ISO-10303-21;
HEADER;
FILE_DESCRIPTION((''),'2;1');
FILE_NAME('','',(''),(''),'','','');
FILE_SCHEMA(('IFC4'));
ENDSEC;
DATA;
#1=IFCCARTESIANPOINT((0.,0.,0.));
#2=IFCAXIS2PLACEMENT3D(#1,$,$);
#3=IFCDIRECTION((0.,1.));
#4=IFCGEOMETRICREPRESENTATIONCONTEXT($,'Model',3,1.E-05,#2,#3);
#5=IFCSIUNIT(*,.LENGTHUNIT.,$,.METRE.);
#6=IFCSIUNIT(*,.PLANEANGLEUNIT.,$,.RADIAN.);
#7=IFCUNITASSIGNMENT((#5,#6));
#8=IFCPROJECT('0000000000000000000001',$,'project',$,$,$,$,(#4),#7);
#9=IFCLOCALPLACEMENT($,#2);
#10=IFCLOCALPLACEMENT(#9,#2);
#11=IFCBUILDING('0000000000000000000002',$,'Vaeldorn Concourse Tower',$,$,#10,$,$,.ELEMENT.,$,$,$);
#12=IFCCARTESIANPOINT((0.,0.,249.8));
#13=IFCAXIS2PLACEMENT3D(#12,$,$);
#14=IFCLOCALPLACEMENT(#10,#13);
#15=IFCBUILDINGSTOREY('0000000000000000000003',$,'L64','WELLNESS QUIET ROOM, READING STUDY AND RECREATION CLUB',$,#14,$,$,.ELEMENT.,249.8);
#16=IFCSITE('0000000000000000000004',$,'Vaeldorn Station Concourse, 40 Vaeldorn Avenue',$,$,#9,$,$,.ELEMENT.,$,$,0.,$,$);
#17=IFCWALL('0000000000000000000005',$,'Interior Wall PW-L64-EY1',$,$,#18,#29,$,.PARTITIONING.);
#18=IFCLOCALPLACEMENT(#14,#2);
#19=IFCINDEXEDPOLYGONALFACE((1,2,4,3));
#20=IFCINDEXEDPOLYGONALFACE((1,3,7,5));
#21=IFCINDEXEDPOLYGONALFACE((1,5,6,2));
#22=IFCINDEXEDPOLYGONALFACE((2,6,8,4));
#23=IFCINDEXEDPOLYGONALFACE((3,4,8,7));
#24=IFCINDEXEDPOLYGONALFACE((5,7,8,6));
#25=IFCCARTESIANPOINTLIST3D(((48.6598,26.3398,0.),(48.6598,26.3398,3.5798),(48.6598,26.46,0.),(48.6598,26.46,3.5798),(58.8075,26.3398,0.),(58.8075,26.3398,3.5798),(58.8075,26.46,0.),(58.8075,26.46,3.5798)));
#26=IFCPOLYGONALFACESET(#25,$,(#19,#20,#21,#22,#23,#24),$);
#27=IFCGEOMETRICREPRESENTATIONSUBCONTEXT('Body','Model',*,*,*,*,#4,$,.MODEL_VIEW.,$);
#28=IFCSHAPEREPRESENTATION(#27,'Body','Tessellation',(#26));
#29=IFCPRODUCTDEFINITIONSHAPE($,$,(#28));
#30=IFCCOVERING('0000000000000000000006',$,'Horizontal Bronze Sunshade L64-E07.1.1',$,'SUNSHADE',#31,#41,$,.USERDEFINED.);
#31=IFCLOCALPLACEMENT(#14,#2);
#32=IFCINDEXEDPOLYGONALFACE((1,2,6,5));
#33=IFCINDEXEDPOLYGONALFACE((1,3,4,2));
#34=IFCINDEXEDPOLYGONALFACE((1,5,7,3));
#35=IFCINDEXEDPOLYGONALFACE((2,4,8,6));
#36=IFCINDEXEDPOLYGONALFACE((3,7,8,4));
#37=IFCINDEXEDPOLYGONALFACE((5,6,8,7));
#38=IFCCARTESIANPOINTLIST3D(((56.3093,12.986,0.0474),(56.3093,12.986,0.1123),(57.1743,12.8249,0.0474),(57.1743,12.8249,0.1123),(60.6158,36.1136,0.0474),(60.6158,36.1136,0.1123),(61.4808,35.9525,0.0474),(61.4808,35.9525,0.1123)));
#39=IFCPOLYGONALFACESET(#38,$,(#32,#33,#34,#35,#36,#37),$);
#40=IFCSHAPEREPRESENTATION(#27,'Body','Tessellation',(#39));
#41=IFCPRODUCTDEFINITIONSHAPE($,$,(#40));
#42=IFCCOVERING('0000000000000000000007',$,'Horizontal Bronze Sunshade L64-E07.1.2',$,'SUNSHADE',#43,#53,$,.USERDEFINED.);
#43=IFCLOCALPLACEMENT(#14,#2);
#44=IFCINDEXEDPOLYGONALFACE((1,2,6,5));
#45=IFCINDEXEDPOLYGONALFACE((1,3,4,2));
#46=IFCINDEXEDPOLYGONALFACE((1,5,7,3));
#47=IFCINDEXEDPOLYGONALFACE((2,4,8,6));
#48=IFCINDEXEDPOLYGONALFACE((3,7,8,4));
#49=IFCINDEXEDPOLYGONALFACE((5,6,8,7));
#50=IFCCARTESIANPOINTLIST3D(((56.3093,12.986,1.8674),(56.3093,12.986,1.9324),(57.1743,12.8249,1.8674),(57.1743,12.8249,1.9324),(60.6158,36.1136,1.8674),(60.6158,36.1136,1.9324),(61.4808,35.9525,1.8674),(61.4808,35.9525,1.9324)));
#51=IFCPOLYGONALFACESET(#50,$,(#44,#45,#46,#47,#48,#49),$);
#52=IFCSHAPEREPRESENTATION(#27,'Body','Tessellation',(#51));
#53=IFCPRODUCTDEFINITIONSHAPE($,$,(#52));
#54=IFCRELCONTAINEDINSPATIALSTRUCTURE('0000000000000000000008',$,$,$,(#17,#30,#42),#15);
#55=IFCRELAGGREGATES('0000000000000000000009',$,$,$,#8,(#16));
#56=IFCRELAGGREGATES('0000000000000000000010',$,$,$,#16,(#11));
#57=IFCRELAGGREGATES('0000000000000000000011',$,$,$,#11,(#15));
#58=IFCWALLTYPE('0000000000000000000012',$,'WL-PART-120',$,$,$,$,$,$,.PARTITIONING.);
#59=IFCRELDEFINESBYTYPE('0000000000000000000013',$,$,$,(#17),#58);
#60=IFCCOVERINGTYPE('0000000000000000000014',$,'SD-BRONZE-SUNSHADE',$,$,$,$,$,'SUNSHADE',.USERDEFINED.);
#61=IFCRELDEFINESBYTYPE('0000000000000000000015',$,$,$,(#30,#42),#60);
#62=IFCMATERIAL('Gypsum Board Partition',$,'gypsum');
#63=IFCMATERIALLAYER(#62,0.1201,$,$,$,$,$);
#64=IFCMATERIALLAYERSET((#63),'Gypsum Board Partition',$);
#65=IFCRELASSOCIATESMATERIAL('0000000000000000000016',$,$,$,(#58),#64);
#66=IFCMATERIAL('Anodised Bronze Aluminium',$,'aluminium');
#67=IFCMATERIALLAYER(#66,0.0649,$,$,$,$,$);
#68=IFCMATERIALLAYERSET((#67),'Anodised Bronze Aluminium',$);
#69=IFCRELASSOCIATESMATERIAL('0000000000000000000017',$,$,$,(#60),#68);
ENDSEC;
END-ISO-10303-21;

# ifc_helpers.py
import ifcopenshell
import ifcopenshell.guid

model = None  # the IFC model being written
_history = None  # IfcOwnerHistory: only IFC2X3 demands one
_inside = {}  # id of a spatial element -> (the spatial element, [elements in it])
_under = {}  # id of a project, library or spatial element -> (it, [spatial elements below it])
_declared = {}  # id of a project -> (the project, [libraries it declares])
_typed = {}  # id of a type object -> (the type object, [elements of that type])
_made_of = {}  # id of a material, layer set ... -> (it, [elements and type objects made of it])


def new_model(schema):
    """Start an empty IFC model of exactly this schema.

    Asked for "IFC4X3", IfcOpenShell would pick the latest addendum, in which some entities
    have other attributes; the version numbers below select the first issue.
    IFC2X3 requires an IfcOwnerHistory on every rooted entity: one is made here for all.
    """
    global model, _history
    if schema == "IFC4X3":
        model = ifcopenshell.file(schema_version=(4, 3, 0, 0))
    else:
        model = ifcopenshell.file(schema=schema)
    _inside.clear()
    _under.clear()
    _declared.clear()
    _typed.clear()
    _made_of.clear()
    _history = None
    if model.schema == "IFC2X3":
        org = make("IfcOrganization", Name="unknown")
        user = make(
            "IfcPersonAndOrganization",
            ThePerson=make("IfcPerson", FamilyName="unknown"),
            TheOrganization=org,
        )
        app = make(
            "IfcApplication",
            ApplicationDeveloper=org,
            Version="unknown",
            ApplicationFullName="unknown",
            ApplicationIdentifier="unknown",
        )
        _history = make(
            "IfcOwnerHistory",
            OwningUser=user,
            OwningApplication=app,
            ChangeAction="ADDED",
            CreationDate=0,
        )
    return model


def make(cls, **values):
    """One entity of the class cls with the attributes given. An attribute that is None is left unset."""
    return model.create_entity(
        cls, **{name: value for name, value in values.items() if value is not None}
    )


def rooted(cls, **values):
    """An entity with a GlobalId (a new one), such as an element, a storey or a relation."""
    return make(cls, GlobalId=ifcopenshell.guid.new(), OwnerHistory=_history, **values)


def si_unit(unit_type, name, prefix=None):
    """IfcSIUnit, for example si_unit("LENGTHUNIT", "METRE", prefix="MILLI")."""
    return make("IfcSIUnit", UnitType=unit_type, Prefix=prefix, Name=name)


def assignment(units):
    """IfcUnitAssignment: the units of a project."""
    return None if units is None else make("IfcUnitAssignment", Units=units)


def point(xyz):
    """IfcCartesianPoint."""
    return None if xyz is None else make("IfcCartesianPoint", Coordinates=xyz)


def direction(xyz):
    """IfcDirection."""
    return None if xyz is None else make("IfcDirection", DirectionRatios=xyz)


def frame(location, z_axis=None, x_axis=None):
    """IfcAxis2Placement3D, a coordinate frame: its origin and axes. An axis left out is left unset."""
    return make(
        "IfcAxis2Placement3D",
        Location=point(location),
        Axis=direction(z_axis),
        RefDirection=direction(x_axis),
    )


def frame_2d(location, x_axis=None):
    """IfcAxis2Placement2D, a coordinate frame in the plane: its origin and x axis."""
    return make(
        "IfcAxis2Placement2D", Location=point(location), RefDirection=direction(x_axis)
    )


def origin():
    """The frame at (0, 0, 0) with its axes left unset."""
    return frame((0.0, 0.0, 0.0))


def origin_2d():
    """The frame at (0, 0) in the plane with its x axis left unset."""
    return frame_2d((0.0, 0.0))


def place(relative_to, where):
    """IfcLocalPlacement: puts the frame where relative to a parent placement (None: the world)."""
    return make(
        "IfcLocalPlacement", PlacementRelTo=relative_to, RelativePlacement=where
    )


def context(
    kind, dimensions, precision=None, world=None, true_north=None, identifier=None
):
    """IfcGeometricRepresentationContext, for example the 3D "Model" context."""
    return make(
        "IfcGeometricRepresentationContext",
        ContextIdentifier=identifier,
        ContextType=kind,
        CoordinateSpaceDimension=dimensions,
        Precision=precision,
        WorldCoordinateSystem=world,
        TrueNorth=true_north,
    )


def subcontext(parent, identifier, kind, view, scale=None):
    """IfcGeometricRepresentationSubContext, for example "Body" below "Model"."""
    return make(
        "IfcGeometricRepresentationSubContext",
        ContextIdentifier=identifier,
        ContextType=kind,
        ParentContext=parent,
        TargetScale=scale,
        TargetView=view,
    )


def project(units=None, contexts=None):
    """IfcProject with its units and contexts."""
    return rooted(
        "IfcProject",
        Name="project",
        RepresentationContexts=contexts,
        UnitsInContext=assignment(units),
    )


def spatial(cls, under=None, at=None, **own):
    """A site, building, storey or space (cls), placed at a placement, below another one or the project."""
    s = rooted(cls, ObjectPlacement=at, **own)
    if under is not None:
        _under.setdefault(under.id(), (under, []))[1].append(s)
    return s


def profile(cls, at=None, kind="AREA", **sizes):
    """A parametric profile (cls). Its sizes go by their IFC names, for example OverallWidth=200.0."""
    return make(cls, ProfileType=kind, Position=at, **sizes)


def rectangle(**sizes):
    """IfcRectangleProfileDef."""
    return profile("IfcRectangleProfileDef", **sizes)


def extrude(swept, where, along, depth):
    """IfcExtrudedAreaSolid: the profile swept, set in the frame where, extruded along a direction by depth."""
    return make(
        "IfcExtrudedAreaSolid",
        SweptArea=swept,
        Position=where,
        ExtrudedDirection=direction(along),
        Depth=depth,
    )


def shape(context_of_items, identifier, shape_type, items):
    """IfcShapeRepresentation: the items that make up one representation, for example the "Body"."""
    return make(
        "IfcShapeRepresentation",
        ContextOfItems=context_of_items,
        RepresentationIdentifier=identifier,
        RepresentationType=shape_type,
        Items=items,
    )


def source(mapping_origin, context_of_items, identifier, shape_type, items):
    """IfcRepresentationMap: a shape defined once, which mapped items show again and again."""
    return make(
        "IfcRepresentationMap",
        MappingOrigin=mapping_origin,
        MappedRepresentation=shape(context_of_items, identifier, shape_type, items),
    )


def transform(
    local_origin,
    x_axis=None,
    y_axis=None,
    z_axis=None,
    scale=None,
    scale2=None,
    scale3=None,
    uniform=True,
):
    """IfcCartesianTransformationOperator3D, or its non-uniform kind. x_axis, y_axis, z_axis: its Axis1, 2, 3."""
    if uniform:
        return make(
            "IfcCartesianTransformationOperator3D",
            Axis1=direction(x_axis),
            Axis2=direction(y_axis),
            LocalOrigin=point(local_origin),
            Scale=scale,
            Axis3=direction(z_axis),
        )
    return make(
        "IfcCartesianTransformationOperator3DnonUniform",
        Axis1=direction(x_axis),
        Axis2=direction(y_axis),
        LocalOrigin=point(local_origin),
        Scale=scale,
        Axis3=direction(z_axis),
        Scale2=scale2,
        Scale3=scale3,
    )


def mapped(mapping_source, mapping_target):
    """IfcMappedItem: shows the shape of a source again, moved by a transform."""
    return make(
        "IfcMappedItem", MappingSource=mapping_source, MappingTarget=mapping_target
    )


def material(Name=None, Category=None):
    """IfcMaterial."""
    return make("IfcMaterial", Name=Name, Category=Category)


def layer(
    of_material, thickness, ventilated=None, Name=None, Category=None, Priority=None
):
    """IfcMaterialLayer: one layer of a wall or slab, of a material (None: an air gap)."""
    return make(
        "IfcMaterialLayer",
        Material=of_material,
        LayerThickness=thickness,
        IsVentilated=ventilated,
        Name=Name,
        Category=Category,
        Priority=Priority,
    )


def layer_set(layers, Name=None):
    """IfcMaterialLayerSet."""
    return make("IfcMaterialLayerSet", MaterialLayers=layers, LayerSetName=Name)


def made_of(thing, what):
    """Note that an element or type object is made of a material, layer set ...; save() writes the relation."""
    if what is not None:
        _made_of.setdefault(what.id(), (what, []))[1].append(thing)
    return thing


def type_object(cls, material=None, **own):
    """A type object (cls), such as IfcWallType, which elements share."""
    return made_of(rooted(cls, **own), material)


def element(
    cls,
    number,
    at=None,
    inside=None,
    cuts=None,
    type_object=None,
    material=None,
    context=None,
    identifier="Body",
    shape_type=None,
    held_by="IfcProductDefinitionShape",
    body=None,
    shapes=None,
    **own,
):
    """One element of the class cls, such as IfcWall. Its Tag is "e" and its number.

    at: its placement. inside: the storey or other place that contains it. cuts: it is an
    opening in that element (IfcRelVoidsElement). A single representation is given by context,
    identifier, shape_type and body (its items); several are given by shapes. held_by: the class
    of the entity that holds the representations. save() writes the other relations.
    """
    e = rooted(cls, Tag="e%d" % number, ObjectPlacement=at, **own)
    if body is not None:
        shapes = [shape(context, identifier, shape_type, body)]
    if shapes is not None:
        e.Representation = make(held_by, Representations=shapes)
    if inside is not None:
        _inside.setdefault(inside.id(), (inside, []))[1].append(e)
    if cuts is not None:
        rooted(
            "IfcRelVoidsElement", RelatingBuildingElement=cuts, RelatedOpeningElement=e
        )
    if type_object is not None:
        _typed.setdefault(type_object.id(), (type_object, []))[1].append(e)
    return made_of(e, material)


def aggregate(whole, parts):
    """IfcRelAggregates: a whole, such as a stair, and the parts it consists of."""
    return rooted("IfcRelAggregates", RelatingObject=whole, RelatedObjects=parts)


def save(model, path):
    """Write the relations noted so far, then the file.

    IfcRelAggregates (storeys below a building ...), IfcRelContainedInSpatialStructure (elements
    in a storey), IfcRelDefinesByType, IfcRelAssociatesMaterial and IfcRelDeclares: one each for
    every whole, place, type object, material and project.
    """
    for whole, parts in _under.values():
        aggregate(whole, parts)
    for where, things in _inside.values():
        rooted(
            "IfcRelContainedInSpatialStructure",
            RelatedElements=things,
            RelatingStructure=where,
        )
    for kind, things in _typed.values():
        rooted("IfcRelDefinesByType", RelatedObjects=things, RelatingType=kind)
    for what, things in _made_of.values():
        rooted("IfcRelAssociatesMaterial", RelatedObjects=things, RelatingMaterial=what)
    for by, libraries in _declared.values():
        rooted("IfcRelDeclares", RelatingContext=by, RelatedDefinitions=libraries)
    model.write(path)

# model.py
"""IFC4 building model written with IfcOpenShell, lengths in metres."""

from ifc_helpers import new_model, si_unit, direction, frame, frame_2d, origin, origin_2d, place, context, subcontext, project, spatial, rectangle, extrude, source, transform, mapped, material, layer, layer_set, type_object, element, save


model = new_model("IFC4")

# Units and contexts
model_context = context("Model", 3, precision=1e-05, world=origin(), true_north=direction((0.0, 1.0)))
body_context = subcontext(model_context, "Body", "Model", "MODEL_VIEW")
ifc_project = project(units=[si_unit("LENGTHUNIT", "METRE"), si_unit("PLANEANGLEUNIT", "RADIAN")], contexts=[model_context])

# Site, building, storey
site_placement = place(None, origin())
site = spatial("IfcSite", under=ifc_project, at=site_placement, Name="Vaeldorn Station Concourse, 40 Vaeldorn Avenue", CompositionType="ELEMENT", RefElevation=0.0)
building_placement = place(site_placement, origin())
building = spatial("IfcBuilding", under=site, at=building_placement, Name="Vaeldorn Concourse Tower", CompositionType="ELEMENT")
storey_placement = place(building_placement, frame((0.0, 0.0, 249.8)))
storey = spatial("IfcBuildingStorey", under=building, at=storey_placement, Name="L64", Description="WELLNESS QUIET ROOM, READING STUDY AND RECREATION CLUB", CompositionType="ELEMENT", Elevation=249.8)

# Shared definitions
ifc_material_1 = material(Name="Anodised Bronze Aluminium", Category="aluminium")

# Shared definitions
ifc_material_2 = material(Name="Gypsum Board Partition", Category="gypsum")
ifc_layer_1 = layer(ifc_material_2, 0.1201)
ifc_layer_set_1 = layer_set([ifc_layer_1], Name="Gypsum Board Partition")
wall_type = type_object("IfcWallType", Name="WL-PART-120", PredefinedType="PARTITIONING", material=ifc_layer_set_1)

# Wall
wall_1_placement = place(storey_placement, frame((48.6599, 26.3999, 0.0), z_axis=(0.0, 0.0, 1.0), x_axis=(1.0, 0.0, 0.0)))
element("IfcWall", 1, at=wall_1_placement, inside=storey, type_object=wall_type, Name="Interior Wall PW-L64-EY1", PredefinedType="PARTITIONING", context=body_context, shape_type="SweptSolid", body=[
    extrude(rectangle(XDim=10.1477, YDim=0.1201, at=frame_2d((5.0737, 0.0))), origin(), (0.0, 0.0, 1.0), 3.5798),
])

# Coverings
ifc_layer_2 = layer(ifc_material_1, 0.0649)
ifc_layer_set_2 = layer_set([ifc_layer_2], Name="Anodised Bronze Aluminium")
covering_type = type_object("IfcCoveringType", Name="SD-BRONZE-SUNSHADE", ElementType="SUNSHADE", PredefinedType="USERDEFINED", material=ifc_layer_set_2)
shared_shape_1 = source(origin(), body_context, "Body", "SweptSolid", [
    extrude(rectangle(XDim=23.5251, YDim=0.8799, at=origin_2d()), origin(), (0.0, 0.0, 1.0), 0.0649),
])
for number, where, z_axis, x_axis, name in (
    (2, (58.895, 24.4692, 0.0474), (0.0, 0.0, 1.0), (0.183059, 0.983102, 0.0), "Horizontal Bronze Sunshade L64-E07.1.1"),
    (3, (58.895, 24.4692, 1.8674), (0.0, 0.0, 1.0), (0.183059, 0.983102, 0.0), "Horizontal Bronze Sunshade L64-E07.1.2"),
):
    element("IfcCovering", number, at=place(storey_placement, frame(where, z_axis=z_axis, x_axis=x_axis)), inside=storey, type_object=covering_type, Name=name, ObjectType="SUNSHADE", PredefinedType="USERDEFINED", context=body_context, shape_type="MappedRepresentation", body=[
        mapped(shared_shape_1, transform((0.0, 0.0, 0.0), scale=1.0)),
    ])

save(model, "model.ifc")
